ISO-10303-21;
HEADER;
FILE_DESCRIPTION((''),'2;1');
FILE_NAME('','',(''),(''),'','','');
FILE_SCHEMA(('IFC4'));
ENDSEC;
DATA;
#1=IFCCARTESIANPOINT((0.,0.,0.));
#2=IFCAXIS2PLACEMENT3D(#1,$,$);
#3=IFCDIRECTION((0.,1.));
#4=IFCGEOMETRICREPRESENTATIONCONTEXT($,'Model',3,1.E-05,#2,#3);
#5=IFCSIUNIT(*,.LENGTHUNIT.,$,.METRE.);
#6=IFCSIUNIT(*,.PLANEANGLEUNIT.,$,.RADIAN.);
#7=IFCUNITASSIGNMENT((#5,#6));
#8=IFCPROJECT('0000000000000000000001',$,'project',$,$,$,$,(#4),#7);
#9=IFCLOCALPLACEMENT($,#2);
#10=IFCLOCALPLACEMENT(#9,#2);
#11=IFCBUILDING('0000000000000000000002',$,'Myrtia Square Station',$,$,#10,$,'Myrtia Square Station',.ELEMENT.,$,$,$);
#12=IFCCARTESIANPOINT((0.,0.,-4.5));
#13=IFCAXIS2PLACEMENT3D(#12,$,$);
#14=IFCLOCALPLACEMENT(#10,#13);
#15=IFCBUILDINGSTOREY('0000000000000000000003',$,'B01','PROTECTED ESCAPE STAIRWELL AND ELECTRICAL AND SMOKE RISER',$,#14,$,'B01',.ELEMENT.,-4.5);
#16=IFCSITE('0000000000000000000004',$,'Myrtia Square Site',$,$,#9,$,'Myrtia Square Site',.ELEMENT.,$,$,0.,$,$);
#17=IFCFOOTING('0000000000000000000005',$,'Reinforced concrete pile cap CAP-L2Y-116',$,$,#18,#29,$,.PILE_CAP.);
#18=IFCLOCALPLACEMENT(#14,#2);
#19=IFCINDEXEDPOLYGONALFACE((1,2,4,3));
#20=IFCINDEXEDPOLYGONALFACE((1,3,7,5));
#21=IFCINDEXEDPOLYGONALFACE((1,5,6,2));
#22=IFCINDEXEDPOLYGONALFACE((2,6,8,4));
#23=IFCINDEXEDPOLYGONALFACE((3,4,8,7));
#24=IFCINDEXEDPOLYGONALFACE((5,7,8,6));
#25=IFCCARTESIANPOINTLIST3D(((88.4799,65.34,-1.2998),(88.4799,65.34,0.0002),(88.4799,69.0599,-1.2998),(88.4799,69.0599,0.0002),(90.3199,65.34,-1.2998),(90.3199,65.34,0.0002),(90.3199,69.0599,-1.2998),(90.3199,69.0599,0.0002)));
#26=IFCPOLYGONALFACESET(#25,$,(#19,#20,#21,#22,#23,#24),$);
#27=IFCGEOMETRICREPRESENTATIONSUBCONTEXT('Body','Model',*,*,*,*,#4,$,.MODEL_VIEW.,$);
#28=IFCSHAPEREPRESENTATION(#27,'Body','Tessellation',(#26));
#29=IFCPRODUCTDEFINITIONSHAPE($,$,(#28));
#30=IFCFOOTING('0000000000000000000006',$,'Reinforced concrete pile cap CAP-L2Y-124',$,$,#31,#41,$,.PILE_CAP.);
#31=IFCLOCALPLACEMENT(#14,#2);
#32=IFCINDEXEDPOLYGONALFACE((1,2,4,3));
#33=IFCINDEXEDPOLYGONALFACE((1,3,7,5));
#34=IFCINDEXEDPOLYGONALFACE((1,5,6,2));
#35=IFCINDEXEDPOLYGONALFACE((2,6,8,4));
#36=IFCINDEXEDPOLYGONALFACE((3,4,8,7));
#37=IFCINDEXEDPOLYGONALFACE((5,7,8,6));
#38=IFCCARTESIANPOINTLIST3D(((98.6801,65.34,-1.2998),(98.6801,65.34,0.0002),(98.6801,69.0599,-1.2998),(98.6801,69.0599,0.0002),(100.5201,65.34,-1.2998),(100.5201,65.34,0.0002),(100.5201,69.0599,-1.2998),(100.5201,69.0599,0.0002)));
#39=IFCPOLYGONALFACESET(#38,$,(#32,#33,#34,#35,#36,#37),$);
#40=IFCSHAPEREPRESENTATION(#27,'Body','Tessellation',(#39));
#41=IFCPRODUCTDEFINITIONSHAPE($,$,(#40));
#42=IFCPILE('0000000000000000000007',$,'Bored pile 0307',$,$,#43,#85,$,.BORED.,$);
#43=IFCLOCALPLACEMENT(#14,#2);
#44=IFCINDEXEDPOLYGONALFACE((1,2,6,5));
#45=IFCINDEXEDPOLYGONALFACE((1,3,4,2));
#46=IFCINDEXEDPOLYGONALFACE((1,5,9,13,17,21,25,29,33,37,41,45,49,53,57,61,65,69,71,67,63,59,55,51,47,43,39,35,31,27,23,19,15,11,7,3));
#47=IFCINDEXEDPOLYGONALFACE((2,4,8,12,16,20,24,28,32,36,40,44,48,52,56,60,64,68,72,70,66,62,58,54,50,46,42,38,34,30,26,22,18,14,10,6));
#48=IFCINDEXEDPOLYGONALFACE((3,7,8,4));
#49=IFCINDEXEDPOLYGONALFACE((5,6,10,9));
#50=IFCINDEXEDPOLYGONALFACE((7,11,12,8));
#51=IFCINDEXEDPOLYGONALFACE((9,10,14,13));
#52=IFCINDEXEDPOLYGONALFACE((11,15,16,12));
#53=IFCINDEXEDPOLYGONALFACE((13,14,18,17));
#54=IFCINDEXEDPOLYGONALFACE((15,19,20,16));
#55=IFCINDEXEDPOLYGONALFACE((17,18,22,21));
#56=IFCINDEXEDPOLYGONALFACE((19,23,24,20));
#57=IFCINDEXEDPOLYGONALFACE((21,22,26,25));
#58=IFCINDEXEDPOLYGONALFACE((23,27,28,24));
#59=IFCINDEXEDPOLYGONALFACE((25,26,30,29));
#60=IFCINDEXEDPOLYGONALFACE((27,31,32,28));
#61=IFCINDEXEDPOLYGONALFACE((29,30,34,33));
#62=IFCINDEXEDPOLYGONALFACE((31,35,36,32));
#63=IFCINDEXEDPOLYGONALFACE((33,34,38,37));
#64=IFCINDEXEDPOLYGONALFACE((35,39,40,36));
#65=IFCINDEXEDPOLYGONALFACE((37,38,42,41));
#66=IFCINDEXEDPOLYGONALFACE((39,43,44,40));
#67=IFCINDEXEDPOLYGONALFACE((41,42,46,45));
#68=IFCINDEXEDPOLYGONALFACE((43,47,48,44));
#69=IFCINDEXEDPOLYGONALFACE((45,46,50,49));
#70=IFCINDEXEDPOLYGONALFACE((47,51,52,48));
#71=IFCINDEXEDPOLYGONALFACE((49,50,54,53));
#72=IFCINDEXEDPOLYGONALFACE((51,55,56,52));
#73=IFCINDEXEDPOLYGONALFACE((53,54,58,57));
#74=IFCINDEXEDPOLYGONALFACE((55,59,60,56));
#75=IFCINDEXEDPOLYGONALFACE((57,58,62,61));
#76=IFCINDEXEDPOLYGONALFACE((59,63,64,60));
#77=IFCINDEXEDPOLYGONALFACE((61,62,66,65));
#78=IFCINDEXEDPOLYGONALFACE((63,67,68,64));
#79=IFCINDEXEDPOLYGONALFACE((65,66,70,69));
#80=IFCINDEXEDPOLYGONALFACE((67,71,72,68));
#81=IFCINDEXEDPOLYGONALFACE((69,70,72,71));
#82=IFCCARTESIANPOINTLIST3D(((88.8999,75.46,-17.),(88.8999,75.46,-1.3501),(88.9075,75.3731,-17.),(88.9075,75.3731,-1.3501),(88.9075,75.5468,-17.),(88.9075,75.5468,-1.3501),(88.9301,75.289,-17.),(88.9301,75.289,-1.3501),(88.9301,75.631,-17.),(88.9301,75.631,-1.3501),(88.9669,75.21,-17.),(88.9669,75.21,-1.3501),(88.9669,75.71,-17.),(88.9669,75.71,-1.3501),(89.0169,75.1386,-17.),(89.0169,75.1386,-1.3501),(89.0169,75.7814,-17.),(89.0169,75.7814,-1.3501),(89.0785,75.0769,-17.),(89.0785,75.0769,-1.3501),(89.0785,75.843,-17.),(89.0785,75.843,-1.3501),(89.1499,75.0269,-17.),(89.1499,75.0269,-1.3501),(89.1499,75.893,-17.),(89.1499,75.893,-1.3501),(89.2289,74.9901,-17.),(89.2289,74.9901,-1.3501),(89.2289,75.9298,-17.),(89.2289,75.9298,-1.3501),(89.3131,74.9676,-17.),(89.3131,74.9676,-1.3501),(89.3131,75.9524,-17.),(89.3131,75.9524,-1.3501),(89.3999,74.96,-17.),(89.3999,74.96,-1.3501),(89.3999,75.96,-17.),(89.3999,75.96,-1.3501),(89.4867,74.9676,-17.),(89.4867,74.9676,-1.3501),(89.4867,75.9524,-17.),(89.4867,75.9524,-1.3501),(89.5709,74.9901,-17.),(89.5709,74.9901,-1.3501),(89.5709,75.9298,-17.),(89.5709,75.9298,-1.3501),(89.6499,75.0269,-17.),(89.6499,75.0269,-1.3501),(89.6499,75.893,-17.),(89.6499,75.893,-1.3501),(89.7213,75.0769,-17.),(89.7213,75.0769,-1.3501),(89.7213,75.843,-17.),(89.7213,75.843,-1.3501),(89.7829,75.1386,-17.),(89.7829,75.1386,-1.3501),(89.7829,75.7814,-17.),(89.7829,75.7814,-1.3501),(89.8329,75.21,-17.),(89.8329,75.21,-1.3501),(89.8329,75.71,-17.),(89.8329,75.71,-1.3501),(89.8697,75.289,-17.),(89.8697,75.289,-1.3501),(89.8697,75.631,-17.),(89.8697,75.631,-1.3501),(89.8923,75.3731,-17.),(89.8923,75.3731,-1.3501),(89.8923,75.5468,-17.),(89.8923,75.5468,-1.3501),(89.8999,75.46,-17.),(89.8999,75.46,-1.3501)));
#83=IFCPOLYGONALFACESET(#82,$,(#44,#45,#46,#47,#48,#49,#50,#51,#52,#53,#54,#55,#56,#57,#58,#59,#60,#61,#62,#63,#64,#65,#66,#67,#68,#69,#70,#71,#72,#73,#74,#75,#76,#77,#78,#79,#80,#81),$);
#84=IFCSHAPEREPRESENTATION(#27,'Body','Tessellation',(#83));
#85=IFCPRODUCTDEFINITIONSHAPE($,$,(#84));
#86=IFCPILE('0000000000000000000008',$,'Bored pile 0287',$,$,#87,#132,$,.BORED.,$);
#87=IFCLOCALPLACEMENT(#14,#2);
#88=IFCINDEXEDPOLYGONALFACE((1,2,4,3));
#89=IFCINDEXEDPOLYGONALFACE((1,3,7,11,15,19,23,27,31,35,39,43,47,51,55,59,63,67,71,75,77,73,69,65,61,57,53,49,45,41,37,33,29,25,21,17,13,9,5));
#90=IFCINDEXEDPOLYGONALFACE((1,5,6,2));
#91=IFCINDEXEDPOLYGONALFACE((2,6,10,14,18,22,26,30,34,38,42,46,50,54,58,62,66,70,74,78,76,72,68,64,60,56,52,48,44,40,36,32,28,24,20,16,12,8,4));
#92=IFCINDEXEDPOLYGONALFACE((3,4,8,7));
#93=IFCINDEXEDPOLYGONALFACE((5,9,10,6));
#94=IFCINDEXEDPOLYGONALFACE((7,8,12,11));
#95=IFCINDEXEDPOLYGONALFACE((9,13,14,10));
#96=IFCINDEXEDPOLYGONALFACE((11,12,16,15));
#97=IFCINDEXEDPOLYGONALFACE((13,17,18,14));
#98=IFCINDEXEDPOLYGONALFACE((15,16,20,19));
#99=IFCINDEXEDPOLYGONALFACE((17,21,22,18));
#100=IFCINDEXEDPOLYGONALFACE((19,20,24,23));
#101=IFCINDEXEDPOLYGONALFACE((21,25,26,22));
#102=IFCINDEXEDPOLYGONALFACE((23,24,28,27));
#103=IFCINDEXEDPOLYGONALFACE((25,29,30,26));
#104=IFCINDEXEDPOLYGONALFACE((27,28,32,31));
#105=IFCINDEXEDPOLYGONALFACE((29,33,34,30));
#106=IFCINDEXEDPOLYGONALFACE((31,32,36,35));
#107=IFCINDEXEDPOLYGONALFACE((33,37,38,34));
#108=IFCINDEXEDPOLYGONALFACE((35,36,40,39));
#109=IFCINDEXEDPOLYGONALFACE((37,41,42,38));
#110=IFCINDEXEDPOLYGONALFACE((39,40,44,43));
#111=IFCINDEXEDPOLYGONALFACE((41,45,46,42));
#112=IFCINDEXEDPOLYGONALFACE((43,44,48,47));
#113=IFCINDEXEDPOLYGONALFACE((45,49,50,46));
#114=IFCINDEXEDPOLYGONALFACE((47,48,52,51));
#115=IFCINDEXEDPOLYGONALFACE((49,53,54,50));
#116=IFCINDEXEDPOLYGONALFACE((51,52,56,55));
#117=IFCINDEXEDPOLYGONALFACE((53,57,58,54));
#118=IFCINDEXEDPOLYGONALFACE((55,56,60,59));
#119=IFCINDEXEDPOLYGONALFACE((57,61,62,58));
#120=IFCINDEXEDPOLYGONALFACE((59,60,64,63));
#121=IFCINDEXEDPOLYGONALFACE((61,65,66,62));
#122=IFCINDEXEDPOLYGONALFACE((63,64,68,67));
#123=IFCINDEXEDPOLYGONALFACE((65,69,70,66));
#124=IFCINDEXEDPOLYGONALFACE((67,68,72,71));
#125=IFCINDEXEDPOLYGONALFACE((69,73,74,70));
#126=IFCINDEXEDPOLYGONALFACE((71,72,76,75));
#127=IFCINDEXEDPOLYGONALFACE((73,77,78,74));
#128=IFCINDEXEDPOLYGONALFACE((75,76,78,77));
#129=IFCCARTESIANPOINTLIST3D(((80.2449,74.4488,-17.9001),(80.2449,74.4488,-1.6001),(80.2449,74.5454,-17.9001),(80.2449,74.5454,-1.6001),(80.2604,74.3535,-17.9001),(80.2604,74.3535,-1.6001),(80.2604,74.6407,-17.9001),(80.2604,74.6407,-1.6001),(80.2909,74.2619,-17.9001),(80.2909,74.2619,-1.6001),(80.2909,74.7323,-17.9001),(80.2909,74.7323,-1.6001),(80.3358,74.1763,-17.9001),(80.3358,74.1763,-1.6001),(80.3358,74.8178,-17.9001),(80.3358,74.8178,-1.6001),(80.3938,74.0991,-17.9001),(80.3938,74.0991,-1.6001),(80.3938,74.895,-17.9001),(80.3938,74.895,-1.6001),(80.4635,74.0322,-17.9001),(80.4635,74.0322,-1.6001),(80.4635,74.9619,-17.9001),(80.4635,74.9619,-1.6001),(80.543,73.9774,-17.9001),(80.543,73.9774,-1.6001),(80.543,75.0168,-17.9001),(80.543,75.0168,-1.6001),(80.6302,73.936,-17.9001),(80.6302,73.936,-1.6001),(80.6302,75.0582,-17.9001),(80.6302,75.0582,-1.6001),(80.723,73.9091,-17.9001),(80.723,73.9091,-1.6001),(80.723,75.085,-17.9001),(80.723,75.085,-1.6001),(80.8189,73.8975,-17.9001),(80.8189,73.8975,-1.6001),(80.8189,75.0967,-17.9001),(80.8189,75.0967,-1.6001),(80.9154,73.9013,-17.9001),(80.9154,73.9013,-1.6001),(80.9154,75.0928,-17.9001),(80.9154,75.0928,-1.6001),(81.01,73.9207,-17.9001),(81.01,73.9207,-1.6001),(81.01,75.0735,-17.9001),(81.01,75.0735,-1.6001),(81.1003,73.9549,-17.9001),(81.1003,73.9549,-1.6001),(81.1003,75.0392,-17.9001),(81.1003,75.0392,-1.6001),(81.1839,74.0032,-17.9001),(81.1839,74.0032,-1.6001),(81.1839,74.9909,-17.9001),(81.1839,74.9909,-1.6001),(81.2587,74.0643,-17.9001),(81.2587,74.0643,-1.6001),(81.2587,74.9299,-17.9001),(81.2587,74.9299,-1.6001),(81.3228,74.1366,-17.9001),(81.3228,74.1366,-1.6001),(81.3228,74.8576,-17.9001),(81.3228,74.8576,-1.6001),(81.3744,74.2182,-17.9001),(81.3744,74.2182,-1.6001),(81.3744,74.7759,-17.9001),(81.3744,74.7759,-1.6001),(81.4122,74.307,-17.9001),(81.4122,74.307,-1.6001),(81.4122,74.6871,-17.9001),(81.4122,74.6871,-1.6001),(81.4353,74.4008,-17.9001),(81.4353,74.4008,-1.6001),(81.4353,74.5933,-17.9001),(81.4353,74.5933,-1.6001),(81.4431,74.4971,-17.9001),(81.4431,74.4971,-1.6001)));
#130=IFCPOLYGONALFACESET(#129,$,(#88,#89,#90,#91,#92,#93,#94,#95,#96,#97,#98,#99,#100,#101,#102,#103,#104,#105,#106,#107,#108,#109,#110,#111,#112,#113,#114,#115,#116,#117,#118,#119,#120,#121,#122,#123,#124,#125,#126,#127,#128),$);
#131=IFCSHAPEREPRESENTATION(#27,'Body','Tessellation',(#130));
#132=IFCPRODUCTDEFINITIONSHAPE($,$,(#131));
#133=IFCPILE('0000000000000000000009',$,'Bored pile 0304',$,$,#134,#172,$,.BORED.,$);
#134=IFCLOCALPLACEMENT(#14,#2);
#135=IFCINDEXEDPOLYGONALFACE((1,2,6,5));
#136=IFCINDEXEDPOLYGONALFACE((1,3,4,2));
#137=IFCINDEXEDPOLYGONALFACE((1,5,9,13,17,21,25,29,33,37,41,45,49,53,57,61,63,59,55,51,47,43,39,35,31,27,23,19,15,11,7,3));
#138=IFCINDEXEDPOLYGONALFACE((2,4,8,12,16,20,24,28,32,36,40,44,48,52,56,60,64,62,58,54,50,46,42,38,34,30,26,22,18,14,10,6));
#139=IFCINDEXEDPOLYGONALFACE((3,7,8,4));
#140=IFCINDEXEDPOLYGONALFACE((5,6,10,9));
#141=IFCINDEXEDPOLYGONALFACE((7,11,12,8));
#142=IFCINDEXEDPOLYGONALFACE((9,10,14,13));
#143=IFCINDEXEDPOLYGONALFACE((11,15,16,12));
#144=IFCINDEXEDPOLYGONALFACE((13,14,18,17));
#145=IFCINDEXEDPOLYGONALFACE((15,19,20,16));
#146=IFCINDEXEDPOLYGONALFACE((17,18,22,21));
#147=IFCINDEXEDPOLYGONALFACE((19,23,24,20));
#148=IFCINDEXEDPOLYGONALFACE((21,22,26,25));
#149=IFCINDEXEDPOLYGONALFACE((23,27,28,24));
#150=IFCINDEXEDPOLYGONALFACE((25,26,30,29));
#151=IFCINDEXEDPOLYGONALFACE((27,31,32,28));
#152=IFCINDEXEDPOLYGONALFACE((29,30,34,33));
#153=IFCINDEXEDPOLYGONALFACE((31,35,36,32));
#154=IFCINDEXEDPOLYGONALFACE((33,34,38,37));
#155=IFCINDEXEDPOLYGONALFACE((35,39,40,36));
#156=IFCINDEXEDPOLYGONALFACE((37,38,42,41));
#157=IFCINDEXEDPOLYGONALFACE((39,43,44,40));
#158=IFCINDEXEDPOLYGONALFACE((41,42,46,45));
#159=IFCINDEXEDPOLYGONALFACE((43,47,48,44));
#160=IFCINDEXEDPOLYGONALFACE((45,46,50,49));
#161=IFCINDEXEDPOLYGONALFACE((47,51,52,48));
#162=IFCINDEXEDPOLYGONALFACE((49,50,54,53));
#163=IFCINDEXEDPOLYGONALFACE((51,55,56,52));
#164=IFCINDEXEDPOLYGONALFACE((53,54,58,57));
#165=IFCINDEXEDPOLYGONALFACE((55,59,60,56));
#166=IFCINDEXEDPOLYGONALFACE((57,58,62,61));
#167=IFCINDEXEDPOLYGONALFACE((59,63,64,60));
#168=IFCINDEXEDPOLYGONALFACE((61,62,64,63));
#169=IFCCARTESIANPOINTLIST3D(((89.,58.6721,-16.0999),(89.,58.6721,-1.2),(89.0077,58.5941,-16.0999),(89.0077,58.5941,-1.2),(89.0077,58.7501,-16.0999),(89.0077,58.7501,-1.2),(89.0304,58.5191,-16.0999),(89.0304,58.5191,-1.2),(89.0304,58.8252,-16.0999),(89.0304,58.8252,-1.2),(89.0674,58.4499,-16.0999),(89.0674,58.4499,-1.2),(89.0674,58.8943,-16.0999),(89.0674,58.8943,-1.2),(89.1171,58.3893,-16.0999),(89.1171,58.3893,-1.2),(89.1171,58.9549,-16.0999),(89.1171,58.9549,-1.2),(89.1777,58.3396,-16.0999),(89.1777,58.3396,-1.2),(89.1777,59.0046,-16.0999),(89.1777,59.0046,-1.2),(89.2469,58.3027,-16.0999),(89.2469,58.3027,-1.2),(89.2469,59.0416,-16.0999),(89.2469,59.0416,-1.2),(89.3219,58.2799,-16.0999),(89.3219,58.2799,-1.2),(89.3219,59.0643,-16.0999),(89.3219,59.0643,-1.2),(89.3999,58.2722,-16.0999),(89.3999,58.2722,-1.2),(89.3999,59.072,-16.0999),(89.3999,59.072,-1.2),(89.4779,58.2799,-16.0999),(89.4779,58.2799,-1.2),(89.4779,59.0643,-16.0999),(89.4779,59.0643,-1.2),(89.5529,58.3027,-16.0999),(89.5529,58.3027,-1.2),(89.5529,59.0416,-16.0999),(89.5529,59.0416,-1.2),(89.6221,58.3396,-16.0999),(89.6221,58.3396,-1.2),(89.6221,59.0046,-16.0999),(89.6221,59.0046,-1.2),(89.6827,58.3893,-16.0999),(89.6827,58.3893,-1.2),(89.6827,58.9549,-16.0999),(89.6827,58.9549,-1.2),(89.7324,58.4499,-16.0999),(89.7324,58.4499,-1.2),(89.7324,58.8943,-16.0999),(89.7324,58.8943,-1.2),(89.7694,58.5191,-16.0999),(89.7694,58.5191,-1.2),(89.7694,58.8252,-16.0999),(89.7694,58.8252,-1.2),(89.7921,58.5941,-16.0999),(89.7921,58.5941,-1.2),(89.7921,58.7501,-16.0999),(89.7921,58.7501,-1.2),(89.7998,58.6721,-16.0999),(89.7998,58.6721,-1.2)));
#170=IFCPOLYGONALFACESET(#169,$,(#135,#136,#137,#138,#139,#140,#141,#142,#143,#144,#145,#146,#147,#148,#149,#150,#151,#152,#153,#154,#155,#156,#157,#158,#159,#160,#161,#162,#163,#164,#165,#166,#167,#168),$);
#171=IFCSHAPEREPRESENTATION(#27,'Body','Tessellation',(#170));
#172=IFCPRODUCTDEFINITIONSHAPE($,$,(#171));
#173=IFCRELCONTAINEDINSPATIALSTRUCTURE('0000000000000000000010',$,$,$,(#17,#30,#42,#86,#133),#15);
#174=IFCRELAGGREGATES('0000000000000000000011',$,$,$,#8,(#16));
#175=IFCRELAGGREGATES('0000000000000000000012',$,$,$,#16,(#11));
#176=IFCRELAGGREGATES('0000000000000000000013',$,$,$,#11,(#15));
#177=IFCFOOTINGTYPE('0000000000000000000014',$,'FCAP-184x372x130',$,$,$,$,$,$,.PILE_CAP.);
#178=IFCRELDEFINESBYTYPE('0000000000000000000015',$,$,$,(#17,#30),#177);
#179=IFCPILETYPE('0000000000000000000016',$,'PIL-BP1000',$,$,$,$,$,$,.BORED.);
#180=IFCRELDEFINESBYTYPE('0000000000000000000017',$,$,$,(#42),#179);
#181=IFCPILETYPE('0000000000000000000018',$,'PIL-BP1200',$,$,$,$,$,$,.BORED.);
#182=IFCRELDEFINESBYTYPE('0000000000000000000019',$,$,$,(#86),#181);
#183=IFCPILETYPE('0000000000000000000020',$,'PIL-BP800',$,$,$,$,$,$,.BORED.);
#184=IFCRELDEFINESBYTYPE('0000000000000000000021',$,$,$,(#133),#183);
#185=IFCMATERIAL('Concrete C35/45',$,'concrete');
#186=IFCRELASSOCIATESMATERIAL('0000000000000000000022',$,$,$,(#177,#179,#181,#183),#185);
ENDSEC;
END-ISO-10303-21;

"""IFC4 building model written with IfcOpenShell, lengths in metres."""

from ifc_helpers import new_model, si_unit, direction, frame, origin, origin_2d, place, context, subcontext, project, spatial, rectangle, circle, extrude, material, material_profile, profile_set, type_object, element, save


model = new_model("IFC4")

# Units and contexts
model_context = context("Model", 3, precision=1e-05, world=origin(), true_north=direction((0.0, 1.0)))
body_context = subcontext(model_context, "Body", "Model", "MODEL_VIEW")
ifc_project = project(units=[si_unit("LENGTHUNIT", "METRE"), si_unit("PLANEANGLEUNIT", "RADIAN")], contexts=[model_context])

# Site, building, storey
site_placement = place(None, origin())
site = spatial("IfcSite", under=ifc_project, at=site_placement, Name="Myrtia Square Site", LongName="Myrtia Square Site", CompositionType="ELEMENT", RefElevation=0.0)
building_placement = place(site_placement, origin())
building = spatial("IfcBuilding", under=site, at=building_placement, Name="Myrtia Square Station", LongName="Myrtia Square Station", CompositionType="ELEMENT")
storey_placement = place(building_placement, frame((0.0, 0.0, -4.5)))
storey = spatial("IfcBuildingStorey", under=building, at=storey_placement, Name="B01", Description="PROTECTED ESCAPE STAIRWELL AND ELECTRICAL AND SMOKE RISER", LongName="B01", CompositionType="ELEMENT", Elevation=-4.5)

# Footings
ifc_material_1 = material(Name="Concrete C35/45", Category="concrete")
footing_type_1 = type_object("IfcFootingType", Name="FCAP-184x372x130", PredefinedType="PILE_CAP", material=ifc_material_1)
for number, where, z_axis, x_axis, name in (
    (1, (89.3999, 67.2, -1.2998), (0.0, 0.0, 1.0), (1.0, 0.0, 0.0), "Reinforced concrete pile cap CAP-L2Y-116"),
    (2, (99.6001, 67.2, -1.2998), (0.0, 0.0, 1.0), (1.0, 0.0, 0.0), "Reinforced concrete pile cap CAP-L2Y-124"),
):
    element("IfcFooting", number, at=place(storey_placement, frame(where, z_axis=z_axis, x_axis=x_axis)), inside=storey, type_object=footing_type_1, Name=name, PredefinedType="PILE_CAP", context=body_context, shape_type="SweptSolid", body=[
        extrude(rectangle(XDim=1.8401, YDim=3.72, at=origin_2d()), origin(), (0.0, 0.0, 1.0), 1.3),
    ])

# Piles
ifc_material_profile_1 = material_profile(ifc_material_1, circle(Radius=0.5, at=origin_2d()), Name="BP D1000")
ifc_profile_set_1 = profile_set([ifc_material_profile_1], Name="Concrete C35/45")
pile_type_1 = type_object("IfcPileType", Name="PIL-BP1000", PredefinedType="BORED", material=ifc_profile_set_1)
pile_1_placement = place(storey_placement, frame((89.3999, 75.46, -1.3501), z_axis=(0.0, 0.0, -1.0), x_axis=(1.0, 0.0, 0.0)))
element("IfcPile", 3, at=pile_1_placement, inside=storey, type_object=pile_type_1, Name="Bored pile 0307", PredefinedType="BORED", context=body_context, shape_type="SweptSolid", body=[
    extrude(circle(Radius=0.5, at=origin_2d()), origin(), (0.0, 0.0, 1.0), 15.6499),
])
ifc_material_profile_2 = material_profile(ifc_material_1, circle(Radius=0.6001, at=origin_2d()), Name="BP D1200")
ifc_profile_set_2 = profile_set([ifc_material_profile_2], Name="Concrete C35/45")
pile_type_2 = type_object("IfcPileType", Name="PIL-BP1200", PredefinedType="BORED", material=ifc_profile_set_2)
pile_2_placement = place(storey_placement, frame((80.843, 74.4971, -1.6001), z_axis=(0.0, 0.0, -1.0), x_axis=(1.0, 0.0, 0.0)))
element("IfcPile", 4, at=pile_2_placement, inside=storey, type_object=pile_type_2, Name="Bored pile 0287", PredefinedType="BORED", context=body_context, shape_type="SweptSolid", body=[
    extrude(circle(Radius=0.6001, at=origin_2d()), origin(), (0.0, 0.0, 1.0), 16.3),
])
ifc_material_profile_3 = material_profile(ifc_material_1, circle(Radius=0.3999, at=origin_2d()), Name="BP D800")
ifc_profile_set_3 = profile_set([ifc_material_profile_3], Name="Concrete C35/45")
pile_type_3 = type_object("IfcPileType", Name="PIL-BP800", PredefinedType="BORED", material=ifc_profile_set_3)
for number, where, z_axis, x_axis, name in (
    (5, (89.3999, 58.6721, -1.2), (0.0, 0.0, -1.0), (1.0, 0.0, 0.0), "Bored pile 0304"),
):
    element("IfcPile", number, at=place(storey_placement, frame(where, z_axis=z_axis, x_axis=x_axis)), inside=storey, type_object=pile_type_3, Name=name, PredefinedType="BORED", context=body_context, shape_type="SweptSolid", body=[
        extrude(circle(Radius=0.3999, at=origin_2d()), origin(), (0.0, 0.0, 1.0), 14.8999),
    ])

save(model, "model.ifc")
